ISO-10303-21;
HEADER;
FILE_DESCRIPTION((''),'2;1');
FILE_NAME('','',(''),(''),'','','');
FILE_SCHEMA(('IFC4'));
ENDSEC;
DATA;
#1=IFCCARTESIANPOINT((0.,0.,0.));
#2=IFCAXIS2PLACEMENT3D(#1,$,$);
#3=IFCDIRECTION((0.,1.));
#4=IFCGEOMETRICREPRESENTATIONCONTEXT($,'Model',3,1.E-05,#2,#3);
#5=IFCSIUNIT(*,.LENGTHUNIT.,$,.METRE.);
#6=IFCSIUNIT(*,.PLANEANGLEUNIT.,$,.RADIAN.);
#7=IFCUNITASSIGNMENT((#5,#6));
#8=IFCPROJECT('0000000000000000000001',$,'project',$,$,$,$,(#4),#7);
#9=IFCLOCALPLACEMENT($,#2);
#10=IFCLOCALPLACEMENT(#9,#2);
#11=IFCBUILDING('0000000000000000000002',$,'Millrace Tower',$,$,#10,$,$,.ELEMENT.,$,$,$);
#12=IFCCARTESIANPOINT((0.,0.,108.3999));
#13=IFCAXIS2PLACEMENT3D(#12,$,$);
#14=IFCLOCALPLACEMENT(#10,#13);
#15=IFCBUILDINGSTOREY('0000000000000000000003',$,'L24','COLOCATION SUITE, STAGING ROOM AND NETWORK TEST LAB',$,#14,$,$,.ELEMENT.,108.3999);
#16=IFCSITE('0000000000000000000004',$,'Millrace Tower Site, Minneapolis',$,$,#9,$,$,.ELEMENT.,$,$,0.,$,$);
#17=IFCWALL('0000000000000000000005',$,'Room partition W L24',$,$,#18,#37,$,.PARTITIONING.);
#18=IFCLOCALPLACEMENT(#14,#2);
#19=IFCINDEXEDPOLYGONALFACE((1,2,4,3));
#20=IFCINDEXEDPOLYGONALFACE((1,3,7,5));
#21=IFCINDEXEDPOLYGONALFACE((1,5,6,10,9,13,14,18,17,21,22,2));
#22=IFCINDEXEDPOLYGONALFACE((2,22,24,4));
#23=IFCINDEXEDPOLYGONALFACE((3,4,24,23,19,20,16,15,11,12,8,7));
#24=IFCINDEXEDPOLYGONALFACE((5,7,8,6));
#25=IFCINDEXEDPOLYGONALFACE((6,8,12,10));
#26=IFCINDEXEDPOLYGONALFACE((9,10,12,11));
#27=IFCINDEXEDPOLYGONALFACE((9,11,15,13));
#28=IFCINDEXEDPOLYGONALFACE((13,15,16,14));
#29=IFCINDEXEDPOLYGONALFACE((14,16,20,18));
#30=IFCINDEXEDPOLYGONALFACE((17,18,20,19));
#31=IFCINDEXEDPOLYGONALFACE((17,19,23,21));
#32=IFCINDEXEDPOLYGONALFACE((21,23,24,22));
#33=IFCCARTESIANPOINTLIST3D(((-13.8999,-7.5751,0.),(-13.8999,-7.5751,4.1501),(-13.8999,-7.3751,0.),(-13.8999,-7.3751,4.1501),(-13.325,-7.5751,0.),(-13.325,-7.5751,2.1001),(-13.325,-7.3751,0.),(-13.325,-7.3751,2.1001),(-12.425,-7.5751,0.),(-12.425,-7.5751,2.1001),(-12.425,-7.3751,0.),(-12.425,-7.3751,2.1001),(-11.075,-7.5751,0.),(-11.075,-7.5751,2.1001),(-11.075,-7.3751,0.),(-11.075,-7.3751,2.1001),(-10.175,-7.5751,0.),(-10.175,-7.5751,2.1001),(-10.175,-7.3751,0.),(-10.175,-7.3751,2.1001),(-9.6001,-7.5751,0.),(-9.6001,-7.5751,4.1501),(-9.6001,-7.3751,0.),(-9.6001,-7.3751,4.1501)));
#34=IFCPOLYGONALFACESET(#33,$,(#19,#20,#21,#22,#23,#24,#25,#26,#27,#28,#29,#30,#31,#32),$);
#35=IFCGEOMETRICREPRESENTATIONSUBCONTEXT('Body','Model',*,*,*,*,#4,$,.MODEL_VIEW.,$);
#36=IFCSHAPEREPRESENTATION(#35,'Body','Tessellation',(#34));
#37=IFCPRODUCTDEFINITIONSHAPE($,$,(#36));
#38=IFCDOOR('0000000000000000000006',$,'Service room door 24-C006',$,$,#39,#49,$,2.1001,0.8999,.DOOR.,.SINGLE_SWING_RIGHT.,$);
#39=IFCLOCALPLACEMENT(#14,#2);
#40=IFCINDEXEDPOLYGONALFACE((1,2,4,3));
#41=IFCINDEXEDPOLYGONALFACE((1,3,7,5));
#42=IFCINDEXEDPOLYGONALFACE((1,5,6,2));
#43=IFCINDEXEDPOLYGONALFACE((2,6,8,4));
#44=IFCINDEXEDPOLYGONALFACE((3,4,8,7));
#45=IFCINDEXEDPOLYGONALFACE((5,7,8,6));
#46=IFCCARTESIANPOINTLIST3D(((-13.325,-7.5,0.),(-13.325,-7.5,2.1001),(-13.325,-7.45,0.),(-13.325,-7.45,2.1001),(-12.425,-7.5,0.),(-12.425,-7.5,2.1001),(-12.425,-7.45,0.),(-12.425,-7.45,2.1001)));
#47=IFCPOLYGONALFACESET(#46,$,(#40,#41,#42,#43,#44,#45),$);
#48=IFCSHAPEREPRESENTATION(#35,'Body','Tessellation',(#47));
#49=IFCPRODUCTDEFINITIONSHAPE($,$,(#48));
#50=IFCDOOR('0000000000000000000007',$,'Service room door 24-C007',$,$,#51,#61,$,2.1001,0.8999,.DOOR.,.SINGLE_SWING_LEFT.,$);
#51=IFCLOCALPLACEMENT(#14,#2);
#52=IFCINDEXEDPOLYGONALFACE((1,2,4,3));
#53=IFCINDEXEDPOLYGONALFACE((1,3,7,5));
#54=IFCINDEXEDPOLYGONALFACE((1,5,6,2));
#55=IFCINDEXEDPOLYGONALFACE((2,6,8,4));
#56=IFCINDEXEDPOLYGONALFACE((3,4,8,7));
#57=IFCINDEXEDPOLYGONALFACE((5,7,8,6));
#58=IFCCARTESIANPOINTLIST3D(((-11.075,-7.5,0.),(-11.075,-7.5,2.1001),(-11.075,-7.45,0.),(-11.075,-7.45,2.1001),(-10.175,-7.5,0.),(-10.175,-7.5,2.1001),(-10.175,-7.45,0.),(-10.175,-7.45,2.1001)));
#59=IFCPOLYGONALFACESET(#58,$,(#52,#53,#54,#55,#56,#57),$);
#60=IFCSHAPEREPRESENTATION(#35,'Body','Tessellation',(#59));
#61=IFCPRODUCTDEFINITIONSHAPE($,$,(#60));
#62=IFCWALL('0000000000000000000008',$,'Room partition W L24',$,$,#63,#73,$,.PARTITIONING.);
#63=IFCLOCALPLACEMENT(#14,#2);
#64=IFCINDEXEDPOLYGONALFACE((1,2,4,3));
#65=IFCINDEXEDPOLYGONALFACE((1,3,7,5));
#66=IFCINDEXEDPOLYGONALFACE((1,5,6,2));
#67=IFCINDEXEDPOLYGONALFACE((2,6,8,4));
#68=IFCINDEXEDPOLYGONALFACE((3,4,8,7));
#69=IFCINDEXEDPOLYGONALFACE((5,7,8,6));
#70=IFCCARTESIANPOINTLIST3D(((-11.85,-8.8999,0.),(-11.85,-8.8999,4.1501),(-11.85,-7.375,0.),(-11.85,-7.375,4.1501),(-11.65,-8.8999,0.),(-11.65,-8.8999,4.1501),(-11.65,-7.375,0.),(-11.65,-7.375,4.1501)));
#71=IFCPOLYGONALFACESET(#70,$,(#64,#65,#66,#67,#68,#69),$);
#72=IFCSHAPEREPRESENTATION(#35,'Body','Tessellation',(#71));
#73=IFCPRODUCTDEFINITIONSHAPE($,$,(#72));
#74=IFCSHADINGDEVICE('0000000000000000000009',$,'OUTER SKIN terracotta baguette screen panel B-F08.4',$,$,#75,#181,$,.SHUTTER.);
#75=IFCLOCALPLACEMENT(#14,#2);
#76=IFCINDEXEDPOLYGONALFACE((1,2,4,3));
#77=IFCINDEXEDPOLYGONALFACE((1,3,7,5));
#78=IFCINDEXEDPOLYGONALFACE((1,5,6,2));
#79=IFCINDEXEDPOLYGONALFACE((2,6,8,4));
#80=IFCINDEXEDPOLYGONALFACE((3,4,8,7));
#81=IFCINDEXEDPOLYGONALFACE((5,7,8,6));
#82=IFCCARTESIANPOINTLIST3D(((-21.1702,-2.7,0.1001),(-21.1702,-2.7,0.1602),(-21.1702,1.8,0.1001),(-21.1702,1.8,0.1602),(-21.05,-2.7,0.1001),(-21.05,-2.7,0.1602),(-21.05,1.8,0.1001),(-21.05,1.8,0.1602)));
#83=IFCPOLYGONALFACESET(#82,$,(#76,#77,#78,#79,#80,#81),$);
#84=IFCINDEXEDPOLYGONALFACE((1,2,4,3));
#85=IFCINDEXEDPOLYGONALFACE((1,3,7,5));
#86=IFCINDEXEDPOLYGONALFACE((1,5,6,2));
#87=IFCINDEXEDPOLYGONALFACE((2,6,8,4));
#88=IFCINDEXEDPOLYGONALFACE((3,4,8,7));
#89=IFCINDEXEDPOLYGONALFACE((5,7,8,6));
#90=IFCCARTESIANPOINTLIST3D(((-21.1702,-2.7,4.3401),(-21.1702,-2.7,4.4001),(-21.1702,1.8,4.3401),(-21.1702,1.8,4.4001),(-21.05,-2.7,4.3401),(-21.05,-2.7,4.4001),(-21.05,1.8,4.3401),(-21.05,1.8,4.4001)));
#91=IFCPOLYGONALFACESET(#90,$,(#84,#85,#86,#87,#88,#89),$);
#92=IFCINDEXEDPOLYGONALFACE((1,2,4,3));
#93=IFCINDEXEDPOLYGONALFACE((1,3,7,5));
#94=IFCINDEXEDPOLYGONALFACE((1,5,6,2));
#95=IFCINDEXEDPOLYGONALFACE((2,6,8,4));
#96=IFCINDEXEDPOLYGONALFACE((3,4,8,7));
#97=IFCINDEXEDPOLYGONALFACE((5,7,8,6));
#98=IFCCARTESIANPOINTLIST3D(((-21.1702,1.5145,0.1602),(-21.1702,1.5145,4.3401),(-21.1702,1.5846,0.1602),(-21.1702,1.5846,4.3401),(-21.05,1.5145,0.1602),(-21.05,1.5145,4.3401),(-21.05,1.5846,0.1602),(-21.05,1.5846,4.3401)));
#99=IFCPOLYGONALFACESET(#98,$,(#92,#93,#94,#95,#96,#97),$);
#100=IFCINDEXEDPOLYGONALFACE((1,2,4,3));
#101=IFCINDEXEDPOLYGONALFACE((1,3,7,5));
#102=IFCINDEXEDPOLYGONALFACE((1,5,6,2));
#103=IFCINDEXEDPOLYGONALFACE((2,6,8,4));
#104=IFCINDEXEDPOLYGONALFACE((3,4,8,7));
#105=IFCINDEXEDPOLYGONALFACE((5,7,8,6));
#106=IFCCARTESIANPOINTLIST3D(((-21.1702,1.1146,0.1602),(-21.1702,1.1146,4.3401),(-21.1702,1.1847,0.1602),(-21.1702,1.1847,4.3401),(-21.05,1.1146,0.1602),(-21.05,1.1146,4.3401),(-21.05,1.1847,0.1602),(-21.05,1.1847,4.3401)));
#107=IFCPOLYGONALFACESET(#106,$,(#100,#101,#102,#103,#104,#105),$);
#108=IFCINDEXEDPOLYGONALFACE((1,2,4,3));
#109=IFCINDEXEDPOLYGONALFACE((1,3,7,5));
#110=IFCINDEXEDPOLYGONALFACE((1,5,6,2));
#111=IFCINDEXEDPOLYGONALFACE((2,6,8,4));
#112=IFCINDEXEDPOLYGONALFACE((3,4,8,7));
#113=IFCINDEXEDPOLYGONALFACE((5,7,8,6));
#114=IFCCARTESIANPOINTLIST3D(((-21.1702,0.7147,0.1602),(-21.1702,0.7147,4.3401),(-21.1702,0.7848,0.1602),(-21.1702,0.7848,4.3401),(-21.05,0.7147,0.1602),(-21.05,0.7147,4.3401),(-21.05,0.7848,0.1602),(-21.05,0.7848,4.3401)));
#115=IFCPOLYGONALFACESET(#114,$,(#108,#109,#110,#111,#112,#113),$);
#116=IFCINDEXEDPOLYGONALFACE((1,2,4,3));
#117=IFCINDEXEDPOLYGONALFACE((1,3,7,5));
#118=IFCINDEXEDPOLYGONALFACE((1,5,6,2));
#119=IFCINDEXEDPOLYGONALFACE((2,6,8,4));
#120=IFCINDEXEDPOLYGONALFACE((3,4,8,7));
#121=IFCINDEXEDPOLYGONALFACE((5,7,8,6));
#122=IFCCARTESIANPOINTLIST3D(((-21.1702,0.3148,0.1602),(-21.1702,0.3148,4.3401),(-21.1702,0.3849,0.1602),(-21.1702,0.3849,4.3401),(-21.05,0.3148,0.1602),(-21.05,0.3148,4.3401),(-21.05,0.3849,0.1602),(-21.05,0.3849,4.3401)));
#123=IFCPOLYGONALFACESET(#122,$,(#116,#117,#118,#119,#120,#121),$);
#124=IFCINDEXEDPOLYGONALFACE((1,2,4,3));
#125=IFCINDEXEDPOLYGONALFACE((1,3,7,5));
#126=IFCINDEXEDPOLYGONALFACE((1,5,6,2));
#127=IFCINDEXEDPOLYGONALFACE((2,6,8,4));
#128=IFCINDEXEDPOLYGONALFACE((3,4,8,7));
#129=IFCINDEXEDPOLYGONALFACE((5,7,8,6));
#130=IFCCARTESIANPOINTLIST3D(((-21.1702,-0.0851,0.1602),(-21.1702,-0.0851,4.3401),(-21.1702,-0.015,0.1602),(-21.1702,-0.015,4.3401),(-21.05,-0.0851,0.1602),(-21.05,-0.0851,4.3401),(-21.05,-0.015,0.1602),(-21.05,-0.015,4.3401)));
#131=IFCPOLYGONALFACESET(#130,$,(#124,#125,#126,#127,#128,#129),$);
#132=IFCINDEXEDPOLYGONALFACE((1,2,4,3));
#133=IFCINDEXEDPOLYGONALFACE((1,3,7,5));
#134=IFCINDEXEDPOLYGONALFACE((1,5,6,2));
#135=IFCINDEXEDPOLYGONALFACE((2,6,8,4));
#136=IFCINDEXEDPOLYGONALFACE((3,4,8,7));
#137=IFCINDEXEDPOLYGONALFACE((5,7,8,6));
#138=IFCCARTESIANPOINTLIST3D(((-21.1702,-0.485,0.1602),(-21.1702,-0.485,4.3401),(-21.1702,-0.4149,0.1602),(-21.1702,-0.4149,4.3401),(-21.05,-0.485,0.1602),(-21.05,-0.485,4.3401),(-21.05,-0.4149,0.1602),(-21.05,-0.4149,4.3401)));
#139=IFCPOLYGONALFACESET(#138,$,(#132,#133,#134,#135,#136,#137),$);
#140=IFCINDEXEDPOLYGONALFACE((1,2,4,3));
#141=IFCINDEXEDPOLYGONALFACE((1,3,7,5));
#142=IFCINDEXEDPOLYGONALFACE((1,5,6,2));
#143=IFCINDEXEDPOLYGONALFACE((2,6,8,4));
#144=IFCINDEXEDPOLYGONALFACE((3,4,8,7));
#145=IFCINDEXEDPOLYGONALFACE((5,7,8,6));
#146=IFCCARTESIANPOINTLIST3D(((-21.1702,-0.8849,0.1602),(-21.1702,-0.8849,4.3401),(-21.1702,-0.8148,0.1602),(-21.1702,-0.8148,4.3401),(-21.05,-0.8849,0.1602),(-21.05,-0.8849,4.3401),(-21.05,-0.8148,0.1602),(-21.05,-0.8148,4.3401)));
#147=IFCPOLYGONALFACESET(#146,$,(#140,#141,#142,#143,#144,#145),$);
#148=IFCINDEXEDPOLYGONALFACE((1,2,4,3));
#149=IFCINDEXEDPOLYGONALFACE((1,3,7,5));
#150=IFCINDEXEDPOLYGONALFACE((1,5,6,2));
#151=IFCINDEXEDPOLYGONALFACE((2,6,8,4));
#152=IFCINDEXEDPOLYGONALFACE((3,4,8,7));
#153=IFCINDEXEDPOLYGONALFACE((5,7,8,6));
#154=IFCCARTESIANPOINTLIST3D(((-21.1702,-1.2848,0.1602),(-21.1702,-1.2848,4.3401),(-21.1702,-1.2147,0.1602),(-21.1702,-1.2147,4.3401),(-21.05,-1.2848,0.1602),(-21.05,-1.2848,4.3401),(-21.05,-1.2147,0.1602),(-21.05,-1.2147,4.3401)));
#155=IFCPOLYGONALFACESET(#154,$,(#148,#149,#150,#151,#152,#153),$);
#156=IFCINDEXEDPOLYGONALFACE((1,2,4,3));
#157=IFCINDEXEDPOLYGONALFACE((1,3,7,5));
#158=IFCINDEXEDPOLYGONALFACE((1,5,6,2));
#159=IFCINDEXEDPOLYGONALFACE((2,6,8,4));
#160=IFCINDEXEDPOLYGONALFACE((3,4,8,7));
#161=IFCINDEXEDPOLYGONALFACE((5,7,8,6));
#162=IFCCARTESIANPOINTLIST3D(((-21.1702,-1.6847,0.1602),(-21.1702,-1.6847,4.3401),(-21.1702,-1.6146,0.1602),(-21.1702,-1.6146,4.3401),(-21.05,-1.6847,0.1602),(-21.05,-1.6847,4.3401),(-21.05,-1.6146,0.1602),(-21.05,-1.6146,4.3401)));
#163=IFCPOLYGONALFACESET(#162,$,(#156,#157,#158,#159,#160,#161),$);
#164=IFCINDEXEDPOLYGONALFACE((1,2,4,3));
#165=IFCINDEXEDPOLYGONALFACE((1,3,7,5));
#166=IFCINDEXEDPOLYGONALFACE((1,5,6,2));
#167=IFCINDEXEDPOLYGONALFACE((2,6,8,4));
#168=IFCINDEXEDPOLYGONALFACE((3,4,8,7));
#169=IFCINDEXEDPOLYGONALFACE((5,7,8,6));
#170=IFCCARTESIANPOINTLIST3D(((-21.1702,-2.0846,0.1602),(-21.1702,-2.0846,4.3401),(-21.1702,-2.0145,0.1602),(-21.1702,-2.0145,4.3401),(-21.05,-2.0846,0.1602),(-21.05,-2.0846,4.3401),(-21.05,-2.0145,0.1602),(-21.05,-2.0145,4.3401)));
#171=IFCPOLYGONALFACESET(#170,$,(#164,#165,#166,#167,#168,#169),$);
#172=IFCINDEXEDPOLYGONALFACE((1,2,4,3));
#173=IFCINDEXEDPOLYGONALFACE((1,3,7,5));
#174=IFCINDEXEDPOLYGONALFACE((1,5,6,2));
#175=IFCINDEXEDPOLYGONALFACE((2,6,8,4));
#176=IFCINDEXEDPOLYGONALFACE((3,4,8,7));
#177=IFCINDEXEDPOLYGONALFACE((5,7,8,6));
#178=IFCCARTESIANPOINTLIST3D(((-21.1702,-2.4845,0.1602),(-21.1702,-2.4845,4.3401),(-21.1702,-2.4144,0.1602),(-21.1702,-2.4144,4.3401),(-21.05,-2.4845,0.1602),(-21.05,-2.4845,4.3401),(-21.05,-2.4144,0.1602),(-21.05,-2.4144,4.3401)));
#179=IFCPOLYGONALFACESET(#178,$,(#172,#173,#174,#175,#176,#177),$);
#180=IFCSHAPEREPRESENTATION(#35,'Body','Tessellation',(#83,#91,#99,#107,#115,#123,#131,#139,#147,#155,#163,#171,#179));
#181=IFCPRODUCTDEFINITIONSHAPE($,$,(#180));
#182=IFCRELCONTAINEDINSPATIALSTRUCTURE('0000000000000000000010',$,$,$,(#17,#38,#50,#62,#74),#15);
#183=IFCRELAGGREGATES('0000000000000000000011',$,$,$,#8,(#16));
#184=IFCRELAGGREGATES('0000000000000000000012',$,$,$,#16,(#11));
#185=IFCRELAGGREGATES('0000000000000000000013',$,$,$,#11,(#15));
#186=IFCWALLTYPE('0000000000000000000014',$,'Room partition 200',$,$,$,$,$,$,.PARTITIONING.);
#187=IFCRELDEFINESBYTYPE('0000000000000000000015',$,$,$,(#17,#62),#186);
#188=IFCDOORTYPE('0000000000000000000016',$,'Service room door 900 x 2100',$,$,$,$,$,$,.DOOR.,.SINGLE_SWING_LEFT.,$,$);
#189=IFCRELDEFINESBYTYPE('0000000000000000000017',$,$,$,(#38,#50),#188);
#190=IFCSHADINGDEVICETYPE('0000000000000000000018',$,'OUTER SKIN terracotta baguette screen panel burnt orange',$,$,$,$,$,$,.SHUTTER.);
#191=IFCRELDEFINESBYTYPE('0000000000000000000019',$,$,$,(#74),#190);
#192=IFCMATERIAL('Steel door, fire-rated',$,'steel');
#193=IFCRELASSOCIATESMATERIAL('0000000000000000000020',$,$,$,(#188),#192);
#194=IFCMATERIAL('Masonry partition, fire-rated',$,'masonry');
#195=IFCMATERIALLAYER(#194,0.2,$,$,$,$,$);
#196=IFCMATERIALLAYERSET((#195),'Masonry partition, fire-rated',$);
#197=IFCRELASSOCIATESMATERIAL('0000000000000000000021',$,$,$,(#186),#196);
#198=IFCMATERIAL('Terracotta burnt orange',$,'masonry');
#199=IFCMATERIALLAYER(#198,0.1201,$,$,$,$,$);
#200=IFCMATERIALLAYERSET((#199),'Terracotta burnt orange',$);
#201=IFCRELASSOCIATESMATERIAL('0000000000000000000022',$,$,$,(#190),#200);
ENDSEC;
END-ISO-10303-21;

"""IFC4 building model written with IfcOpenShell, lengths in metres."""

from ifc_helpers import new_model, entity, si_unit, direction, frame, frame_2d, origin, origin_2d, place, context, subcontext, project, spatial, rectangle, extrude, source, transform, mapped, material, layer, layer_set, type_object, element, fill, save


model = new_model("IFC4")

# Units and contexts
model_context = context("Model", 3, precision=1e-05, world=origin(), true_north=direction((0.0, 1.0)))
body_context = subcontext(model_context, "Body", "Model", "MODEL_VIEW")
ifc_project = project(units=[si_unit("LENGTHUNIT", "METRE"), si_unit("PLANEANGLEUNIT", "RADIAN")], contexts=[model_context])

# Site, building, storey
site_placement = place(None, origin())
site = spatial("IfcSite", under=ifc_project, at=site_placement, Name="Millrace Tower Site, Minneapolis", CompositionType="ELEMENT", RefElevation=0.0)
building_placement = place(site_placement, origin())
building = spatial("IfcBuilding", under=site, at=building_placement, Name="Millrace Tower", CompositionType="ELEMENT")
storey_placement = place(building_placement, frame((0.0, 0.0, 108.3999)))
storey = spatial("IfcBuildingStorey", under=building, at=storey_placement, Name="L24", Description="COLOCATION SUITE, STAGING ROOM AND NETWORK TEST LAB", CompositionType="ELEMENT", Elevation=108.3999)

# Shared definitions
ifc_material_1 = material(Name="Steel door, fire-rated", Category="steel")
door_type_1 = type_object("IfcDoorType", Name="Service room door 900 x 2100", OperationType="SINGLE_SWING_LEFT", PredefinedType="DOOR", material=ifc_material_1)

# Wall, openings, doors
ifc_material_2 = material(Name="Masonry partition, fire-rated", Category="masonry")
ifc_layer_1 = layer(ifc_material_2, 0.2)
ifc_layer_set_1 = layer_set([ifc_layer_1], Name="Masonry partition, fire-rated")
wall_type_1 = type_object("IfcWallType", Name="Room partition 200", PredefinedType="PARTITIONING", material=ifc_layer_set_1)
wall_1_placement = place(storey_placement, frame((-13.8999, -7.4751, 0.0), z_axis=(0.0, 0.0, 1.0), x_axis=(1.0, 0.0, 0.0)))
wall_1 = element("IfcWall", 1, at=wall_1_placement, inside=storey, type_object=wall_type_1, Name="Room partition W L24", PredefinedType="PARTITIONING", context=body_context, shape_type="SweptSolid", body=[
    extrude(rectangle(XDim=4.2998, YDim=0.2, at=frame_2d((2.1499, 0.0))), origin(), (0.0, 0.0, 1.0), 4.1501),
])
opening_1_placement = place(wall_1_placement, frame((0.575, 0.0, 0.0)))
opening_1 = element("IfcOpeningElement", 2, at=opening_1_placement, cuts=wall_1, PredefinedType="OPENING", context=body_context, shape_type="SweptSolid", body=[
    extrude(rectangle(XDim=0.8999, YDim=2.1001, at=frame_2d((0.45, 1.05))), frame((0.0, 0.1099, 0.0), z_axis=(0.0, -1.0, 0.0), x_axis=(1.0, 0.0, 0.0)), (0.0, 0.0, 1.0), 0.22),
])
opening_2_placement = place(wall_1_placement, frame((2.825, 0.0, 0.0)))
opening_2 = element("IfcOpeningElement", 3, at=opening_2_placement, cuts=wall_1, PredefinedType="OPENING", context=body_context, shape_type="SweptSolid", body=[
    extrude(rectangle(XDim=0.8999, YDim=2.1001, at=frame_2d((0.45, 1.05))), frame((0.0, 0.1099, 0.0), z_axis=(0.0, -1.0, 0.0), x_axis=(1.0, 0.0, 0.0)), (0.0, 0.0, 1.0), 0.22),
])
door_1_placement = place(opening_1_placement, frame((0.8999, 0.0, 0.0), z_axis=(0.0, 0.0, 1.0), x_axis=(-1.0, 0.0, 0.0)))
door_1 = element("IfcDoor", 4, at=door_1_placement, inside=storey, type_object=door_type_1, Name="Service room door 24-C006", OperationType="SINGLE_SWING_RIGHT", OverallHeight=2.1001, OverallWidth=0.8999, PredefinedType="DOOR", context=body_context, shape_type="SweptSolid", body=[
    extrude(rectangle(XDim=0.8999, YDim=2.1001, at=frame_2d((0.45, 1.05))), frame((0.0, 0.0249, 0.0), z_axis=(0.0, -1.0, 0.0), x_axis=(1.0, 0.0, 0.0)), (0.0, 0.0, 1.0), 0.05),
])
fill(opening_1, door_1)
door_2_placement = place(opening_2_placement, frame((0.8999, 0.0, 0.0), z_axis=(0.0, 0.0, 1.0), x_axis=(-1.0, 0.0, 0.0)))
door_2 = element("IfcDoor", 5, at=door_2_placement, inside=storey, type_object=door_type_1, Name="Service room door 24-C007", OperationType="SINGLE_SWING_LEFT", OverallHeight=2.1001, OverallWidth=0.8999, PredefinedType="DOOR", context=body_context, shape_type="SweptSolid", body=[
    extrude(rectangle(XDim=0.8999, YDim=2.1001, at=frame_2d((0.45, 1.05))), frame((0.0, 0.0249, 0.0), z_axis=(0.0, -1.0, 0.0), x_axis=(1.0, 0.0, 0.0)), (0.0, 0.0, 1.0), 0.05),
])
fill(opening_2, door_2)

# Wall
wall_2_placement = place(storey_placement, frame((-11.75, -8.8999, 0.0), z_axis=(0.0, 0.0, 1.0), x_axis=(0.0, 1.0, 0.0)))
element("IfcWall", 6, at=wall_2_placement, inside=storey, type_object=wall_type_1, Name="Room partition W L24", PredefinedType="PARTITIONING", context=body_context, shape_type="SweptSolid", body=[
    extrude(rectangle(XDim=1.5249, YDim=0.2, at=frame_2d((0.7625, 0.0))), origin(), (0.0, 0.0, 1.0), 4.1501),
])

# Shading device
ifc_material_3 = material(Name="Terracotta burnt orange", Category="masonry")
ifc_layer_2 = layer(ifc_material_3, 0.1201)
ifc_layer_set_2 = layer_set([ifc_layer_2], Name="Terracotta burnt orange")
shading_device_type = type_object("IfcShadingDeviceType", Name="OUTER SKIN terracotta baguette screen panel burnt orange", PredefinedType="SHUTTER", material=ifc_layer_set_2)
cartesian_point = entity("IfcCartesianPoint", [-2.25, 0.0601])
shared_polyline = entity("IfcPolyline", [cartesian_point, entity("IfcCartesianPoint", [2.25, 0.0601]), entity("IfcCartesianPoint", [2.25, -0.0601]), entity("IfcCartesianPoint", [-2.25, -0.0601]), cartesian_point])
shared_shape = source(origin(), body_context, "Body", "SweptSolid", [
    entity("IfcExtrudedAreaSolid", entity("IfcArbitraryClosedProfileDef", "AREA", None, shared_polyline), entity("IfcAxis2Placement3D", entity("IfcCartesianPoint", [0.0, 0.0, 0.0])), entity("IfcDirection", [0.0, 0.0, 1.0]), 0.0601),
    entity("IfcExtrudedAreaSolid", entity("IfcArbitraryClosedProfileDef", "AREA", None, shared_polyline), entity("IfcAxis2Placement3D", entity("IfcCartesianPoint", [0.0, 0.0, 4.24])), entity("IfcDirection", [0.0, 0.0, 1.0]), 0.0601),
    extrude(rectangle(XDim=0.0701, YDim=0.1201, at=frame_2d((-1.9995, 0.0))), frame((0.0, 0.0, 0.0601)), (0.0, 0.0, 1.0), 4.1799),
    extrude(rectangle(XDim=0.0701, YDim=0.1201, at=frame_2d((-1.5996, 0.0))), frame((0.0, 0.0, 0.0601)), (0.0, 0.0, 1.0), 4.1799),
    extrude(rectangle(XDim=0.0701, YDim=0.1201, at=frame_2d((-1.1997, 0.0))), frame((0.0, 0.0, 0.0601)), (0.0, 0.0, 1.0), 4.1799),
    extrude(rectangle(XDim=0.0701, YDim=0.1201, at=frame_2d((-0.7998, 0.0))), frame((0.0, 0.0, 0.0601)), (0.0, 0.0, 1.0), 4.1799),
    extrude(rectangle(XDim=0.0701, YDim=0.1201, at=frame_2d((-0.3999, 0.0))), frame((0.0, 0.0, 0.0601)), (0.0, 0.0, 1.0), 4.1799),
    extrude(rectangle(XDim=0.0701, YDim=0.1201, at=origin_2d()), frame((0.0, 0.0, 0.0601)), (0.0, 0.0, 1.0), 4.1799),
    extrude(rectangle(XDim=0.0701, YDim=0.1201, at=frame_2d((0.3999, 0.0))), frame((0.0, 0.0, 0.0601)), (0.0, 0.0, 1.0), 4.1799),
    extrude(rectangle(XDim=0.0701, YDim=0.1201, at=frame_2d((0.7998, 0.0))), frame((0.0, 0.0, 0.0601)), (0.0, 0.0, 1.0), 4.1799),
    extrude(rectangle(XDim=0.0701, YDim=0.1201, at=frame_2d((1.1997, 0.0))), frame((0.0, 0.0, 0.0601)), (0.0, 0.0, 1.0), 4.1799),
    extrude(rectangle(XDim=0.0701, YDim=0.1201, at=frame_2d((1.5996, 0.0))), frame((0.0, 0.0, 0.0601)), (0.0, 0.0, 1.0), 4.1799),
    extrude(rectangle(XDim=0.0701, YDim=0.1201, at=frame_2d((1.9995, 0.0))), frame((0.0, 0.0, 0.0601)), (0.0, 0.0, 1.0), 4.1799),
])
for number, where, z_axis, x_axis, name in (
    (7, (-21.1101, -0.45, 0.1001), (0.0, 0.0, 1.0), (0.0, -1.0, 0.0), "OUTER SKIN terracotta baguette screen panel B-F08.4"),
):
    element("IfcShadingDevice", number, at=place(storey_placement, frame(where, z_axis=z_axis, x_axis=x_axis)), inside=storey, type_object=shading_device_type, Name=name, PredefinedType="SHUTTER", context=body_context, shape_type="MappedRepresentation", body=[
        mapped(shared_shape, transform((0.0, 0.0, 0.0), scale=1.0)),
    ])

save(model, "model.ifc")
